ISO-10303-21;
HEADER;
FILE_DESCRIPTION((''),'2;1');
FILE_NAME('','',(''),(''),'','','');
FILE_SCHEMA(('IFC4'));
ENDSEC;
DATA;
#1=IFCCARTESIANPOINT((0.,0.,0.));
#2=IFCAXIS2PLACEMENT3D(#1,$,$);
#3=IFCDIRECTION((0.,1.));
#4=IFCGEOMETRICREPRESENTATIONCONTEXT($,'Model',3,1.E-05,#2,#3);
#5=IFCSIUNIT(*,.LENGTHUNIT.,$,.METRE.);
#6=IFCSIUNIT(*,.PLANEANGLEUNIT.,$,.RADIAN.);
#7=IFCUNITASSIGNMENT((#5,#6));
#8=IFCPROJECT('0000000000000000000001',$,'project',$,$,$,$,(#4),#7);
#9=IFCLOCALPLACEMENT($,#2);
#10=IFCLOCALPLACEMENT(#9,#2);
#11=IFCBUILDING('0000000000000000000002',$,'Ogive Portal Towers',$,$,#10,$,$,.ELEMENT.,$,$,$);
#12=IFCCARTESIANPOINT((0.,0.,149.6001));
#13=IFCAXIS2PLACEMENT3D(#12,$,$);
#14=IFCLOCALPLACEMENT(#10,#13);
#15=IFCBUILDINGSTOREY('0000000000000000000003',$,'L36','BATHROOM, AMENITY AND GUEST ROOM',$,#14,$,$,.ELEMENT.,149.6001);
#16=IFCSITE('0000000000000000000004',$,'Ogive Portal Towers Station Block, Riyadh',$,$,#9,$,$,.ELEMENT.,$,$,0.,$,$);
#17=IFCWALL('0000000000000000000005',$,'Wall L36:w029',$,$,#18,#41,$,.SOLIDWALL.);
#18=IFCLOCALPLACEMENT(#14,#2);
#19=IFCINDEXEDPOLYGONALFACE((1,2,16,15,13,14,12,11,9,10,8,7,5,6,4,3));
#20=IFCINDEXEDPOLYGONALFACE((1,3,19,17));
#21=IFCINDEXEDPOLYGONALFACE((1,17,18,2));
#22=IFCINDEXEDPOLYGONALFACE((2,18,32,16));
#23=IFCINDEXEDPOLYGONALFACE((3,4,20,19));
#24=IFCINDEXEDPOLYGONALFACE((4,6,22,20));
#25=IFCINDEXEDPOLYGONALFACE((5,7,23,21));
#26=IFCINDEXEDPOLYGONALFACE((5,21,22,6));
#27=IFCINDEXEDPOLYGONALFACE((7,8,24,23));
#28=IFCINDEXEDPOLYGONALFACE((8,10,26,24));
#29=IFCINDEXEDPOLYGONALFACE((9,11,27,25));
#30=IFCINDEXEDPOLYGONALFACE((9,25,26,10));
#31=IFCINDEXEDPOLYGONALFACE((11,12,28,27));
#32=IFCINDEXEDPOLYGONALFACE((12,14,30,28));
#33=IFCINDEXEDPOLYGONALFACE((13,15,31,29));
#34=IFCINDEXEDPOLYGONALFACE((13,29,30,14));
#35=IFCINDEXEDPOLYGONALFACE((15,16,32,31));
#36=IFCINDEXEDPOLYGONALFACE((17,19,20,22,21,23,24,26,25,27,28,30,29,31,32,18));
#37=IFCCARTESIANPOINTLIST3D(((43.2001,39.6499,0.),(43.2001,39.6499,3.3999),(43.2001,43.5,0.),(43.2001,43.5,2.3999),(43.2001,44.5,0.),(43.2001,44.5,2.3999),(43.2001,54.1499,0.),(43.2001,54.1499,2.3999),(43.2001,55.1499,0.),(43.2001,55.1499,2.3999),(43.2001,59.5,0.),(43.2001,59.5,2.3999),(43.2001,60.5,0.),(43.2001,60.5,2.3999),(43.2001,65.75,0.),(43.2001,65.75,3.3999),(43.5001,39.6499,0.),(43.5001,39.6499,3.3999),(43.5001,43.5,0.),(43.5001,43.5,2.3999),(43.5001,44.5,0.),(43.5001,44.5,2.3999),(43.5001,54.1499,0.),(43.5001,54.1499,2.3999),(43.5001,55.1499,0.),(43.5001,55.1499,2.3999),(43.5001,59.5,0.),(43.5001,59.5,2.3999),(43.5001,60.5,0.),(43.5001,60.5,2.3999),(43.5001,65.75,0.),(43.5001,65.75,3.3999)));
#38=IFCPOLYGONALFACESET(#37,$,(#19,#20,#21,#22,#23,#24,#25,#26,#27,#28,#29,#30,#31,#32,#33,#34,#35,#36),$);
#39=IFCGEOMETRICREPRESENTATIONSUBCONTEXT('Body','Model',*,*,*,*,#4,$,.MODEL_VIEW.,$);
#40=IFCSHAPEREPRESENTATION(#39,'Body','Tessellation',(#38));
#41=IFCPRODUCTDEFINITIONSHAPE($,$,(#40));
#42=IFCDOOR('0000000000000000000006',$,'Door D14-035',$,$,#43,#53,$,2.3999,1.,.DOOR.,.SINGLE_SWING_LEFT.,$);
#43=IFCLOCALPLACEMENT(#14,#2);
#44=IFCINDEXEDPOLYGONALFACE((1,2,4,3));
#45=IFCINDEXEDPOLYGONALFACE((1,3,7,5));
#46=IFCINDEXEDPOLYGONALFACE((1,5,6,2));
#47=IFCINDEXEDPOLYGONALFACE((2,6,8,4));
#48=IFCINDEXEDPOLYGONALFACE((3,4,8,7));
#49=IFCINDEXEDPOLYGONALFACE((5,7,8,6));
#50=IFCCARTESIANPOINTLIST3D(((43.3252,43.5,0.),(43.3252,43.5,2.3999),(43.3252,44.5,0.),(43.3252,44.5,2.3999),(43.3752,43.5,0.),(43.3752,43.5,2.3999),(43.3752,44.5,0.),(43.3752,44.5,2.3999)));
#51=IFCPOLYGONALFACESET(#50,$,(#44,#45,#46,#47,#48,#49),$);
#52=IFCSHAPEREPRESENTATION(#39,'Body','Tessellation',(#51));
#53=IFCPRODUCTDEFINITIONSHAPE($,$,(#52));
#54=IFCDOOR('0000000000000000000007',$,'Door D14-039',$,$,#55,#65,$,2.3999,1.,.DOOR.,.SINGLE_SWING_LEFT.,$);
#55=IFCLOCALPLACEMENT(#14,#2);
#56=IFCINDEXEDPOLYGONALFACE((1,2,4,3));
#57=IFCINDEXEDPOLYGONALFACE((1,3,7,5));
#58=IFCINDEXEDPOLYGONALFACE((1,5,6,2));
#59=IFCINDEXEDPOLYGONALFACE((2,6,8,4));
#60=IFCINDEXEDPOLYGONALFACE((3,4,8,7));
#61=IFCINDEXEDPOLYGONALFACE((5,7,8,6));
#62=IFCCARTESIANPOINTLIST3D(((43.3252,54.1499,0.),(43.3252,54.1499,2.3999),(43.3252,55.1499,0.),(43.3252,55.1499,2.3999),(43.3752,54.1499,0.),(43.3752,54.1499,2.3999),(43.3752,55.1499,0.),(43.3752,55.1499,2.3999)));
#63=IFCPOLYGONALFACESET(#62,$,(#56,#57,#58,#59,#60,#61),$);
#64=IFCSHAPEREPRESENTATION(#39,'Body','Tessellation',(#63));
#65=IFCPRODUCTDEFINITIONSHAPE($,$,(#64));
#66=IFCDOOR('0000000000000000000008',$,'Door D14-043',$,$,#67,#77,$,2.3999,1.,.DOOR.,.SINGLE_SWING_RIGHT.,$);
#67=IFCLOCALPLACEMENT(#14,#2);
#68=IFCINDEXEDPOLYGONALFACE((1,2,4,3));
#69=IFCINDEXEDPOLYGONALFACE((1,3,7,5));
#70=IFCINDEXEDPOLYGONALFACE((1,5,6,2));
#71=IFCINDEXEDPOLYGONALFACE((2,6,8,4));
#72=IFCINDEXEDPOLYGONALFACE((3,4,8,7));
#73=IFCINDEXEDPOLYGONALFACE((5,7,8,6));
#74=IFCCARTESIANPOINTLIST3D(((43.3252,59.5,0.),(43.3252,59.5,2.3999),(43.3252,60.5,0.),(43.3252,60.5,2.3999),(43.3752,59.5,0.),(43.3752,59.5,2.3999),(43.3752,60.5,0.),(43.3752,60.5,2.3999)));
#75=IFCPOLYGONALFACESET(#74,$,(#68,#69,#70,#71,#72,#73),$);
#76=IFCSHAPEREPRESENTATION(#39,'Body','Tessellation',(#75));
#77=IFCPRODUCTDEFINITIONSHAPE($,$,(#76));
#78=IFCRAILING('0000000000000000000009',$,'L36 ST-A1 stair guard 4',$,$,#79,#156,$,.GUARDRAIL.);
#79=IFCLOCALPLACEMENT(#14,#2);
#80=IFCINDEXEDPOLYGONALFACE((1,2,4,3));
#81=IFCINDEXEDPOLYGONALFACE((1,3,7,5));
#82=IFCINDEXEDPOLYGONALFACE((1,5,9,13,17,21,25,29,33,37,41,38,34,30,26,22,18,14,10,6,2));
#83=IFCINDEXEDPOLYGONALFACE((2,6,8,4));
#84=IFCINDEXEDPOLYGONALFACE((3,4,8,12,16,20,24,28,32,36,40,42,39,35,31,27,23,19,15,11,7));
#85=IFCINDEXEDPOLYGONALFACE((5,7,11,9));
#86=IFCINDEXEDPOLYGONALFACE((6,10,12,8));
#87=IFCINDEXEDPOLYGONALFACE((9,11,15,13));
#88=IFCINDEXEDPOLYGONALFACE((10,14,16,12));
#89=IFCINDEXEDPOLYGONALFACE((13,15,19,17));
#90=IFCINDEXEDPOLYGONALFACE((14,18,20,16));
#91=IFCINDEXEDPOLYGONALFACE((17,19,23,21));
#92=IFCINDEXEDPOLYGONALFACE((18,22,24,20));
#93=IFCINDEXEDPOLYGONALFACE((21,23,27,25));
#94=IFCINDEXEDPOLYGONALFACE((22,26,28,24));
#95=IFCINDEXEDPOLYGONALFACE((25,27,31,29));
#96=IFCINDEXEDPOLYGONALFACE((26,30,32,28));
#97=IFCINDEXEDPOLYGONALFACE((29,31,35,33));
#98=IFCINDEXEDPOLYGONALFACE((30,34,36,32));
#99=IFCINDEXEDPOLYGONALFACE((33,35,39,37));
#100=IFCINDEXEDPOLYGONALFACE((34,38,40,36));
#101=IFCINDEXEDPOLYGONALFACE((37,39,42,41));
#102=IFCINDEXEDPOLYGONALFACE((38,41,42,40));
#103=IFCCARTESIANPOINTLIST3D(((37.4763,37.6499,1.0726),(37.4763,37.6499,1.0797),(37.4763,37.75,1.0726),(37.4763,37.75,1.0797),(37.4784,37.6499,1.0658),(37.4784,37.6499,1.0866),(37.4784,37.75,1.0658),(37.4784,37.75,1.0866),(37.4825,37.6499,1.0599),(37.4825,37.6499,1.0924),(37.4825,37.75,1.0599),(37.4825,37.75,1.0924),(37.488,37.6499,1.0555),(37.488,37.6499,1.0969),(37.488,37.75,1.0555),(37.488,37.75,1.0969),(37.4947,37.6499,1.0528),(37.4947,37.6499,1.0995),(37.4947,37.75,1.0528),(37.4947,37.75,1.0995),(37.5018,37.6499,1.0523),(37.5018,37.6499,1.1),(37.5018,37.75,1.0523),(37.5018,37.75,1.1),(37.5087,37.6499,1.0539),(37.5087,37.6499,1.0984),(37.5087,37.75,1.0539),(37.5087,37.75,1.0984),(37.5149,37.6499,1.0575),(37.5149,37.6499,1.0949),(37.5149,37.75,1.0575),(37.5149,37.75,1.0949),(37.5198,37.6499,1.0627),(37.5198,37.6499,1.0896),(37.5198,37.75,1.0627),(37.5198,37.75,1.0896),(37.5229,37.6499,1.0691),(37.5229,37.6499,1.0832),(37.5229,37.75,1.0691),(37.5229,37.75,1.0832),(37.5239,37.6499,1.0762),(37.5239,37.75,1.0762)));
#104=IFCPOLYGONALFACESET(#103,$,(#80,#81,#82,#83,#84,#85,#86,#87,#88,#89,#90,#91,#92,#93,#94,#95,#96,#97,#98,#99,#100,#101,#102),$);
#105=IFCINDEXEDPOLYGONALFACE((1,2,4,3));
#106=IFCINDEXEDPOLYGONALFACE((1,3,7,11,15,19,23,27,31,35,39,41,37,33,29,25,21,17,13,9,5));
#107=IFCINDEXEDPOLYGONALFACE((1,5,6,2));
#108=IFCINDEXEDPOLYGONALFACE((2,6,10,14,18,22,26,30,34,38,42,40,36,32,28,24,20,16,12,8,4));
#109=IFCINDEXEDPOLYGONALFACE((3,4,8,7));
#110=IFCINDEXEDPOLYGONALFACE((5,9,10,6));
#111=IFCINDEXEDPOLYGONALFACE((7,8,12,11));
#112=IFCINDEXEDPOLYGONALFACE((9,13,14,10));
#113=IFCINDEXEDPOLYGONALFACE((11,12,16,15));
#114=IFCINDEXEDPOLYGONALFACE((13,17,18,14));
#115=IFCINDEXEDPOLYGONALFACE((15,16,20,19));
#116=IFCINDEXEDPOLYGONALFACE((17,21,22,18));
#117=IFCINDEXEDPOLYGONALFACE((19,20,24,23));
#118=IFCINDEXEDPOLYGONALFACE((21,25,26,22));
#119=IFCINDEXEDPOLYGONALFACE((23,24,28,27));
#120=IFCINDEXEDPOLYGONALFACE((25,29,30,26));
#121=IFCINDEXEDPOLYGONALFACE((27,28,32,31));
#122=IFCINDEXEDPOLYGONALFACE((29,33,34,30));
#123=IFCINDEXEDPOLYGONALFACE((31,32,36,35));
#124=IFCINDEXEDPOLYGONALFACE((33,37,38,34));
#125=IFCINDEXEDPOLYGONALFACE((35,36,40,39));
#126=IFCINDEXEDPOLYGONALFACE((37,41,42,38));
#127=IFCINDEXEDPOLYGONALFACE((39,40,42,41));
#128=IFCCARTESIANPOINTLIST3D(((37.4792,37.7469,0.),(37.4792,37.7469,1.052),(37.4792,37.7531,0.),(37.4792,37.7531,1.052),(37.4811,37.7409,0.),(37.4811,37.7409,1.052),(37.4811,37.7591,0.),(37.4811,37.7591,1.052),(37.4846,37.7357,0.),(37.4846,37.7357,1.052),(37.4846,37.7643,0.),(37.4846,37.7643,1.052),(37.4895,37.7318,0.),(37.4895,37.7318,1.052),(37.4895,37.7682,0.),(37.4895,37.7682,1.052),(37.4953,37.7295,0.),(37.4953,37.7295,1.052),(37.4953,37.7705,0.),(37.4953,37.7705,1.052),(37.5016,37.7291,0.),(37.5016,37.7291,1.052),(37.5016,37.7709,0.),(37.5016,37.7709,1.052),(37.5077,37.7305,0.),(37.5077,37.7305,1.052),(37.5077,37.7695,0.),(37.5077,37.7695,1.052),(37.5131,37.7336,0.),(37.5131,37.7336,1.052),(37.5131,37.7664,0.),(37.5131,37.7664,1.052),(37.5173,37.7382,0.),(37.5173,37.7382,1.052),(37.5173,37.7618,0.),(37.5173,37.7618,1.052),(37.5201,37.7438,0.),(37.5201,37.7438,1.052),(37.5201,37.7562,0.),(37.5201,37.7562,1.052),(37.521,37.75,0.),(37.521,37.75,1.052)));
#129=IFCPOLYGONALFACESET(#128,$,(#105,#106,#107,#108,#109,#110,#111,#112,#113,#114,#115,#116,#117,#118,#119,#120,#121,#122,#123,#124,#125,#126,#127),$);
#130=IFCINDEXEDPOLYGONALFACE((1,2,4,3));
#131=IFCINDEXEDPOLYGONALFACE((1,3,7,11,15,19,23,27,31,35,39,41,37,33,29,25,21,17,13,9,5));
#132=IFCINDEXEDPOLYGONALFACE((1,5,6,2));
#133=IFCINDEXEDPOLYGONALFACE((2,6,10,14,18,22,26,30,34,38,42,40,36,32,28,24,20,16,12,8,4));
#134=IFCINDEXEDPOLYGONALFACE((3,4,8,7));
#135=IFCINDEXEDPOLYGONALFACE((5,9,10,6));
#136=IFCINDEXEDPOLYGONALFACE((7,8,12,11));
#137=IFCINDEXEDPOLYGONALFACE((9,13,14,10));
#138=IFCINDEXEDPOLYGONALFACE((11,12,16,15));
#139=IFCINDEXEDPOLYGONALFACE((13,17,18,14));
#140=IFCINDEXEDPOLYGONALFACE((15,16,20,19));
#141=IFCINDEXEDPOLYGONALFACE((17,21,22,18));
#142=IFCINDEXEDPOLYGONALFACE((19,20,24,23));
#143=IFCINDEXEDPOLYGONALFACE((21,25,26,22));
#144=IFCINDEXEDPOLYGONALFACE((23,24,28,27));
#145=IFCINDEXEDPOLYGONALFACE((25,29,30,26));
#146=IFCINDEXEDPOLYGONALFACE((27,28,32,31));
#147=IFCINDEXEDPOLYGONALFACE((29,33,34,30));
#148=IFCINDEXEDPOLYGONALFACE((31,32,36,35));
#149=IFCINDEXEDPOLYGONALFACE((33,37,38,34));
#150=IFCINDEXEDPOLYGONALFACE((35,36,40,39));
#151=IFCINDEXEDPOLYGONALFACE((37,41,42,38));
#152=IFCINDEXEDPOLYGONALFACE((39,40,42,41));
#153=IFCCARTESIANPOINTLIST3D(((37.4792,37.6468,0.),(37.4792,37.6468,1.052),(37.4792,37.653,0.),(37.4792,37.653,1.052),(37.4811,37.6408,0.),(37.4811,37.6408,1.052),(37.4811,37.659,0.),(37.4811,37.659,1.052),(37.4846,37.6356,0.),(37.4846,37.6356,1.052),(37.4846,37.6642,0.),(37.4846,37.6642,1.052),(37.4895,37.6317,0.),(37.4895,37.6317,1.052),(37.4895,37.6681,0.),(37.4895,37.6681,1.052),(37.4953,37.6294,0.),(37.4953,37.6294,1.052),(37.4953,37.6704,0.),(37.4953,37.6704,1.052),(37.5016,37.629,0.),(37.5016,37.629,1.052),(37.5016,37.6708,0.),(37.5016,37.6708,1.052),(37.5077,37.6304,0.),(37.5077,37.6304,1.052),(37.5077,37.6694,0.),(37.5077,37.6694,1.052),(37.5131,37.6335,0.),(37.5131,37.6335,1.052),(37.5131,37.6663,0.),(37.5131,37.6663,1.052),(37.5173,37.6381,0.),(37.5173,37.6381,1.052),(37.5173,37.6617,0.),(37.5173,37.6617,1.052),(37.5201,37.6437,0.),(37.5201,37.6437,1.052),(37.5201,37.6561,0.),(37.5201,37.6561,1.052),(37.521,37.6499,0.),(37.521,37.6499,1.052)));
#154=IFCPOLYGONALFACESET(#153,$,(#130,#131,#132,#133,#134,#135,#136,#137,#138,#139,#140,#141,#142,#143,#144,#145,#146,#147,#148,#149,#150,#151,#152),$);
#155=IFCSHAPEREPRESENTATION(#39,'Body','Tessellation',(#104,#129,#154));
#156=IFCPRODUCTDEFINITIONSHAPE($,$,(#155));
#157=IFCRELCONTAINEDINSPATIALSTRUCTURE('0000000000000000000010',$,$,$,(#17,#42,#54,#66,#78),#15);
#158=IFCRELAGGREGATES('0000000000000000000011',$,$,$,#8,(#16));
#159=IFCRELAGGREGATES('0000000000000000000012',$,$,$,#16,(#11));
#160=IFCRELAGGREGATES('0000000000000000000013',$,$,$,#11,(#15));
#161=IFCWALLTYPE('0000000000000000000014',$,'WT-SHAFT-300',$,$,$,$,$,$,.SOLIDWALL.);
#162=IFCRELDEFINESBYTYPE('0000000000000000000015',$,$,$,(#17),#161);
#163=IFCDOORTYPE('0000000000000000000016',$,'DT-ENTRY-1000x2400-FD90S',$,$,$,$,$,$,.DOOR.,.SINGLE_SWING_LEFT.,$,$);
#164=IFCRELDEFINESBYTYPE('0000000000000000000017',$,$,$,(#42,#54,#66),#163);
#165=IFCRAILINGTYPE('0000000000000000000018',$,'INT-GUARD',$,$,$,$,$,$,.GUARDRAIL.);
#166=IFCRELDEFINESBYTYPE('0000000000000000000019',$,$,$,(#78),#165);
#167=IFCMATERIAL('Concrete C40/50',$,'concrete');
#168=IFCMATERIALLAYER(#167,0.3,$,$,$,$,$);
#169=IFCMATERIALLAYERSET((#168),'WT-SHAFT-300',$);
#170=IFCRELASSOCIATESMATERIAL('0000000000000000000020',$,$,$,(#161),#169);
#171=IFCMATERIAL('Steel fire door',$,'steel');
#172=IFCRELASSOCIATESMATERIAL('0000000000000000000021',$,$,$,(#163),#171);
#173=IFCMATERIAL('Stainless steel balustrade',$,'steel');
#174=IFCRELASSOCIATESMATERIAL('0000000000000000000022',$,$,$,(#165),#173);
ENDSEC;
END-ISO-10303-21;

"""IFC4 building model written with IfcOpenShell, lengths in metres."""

from ifc_helpers import new_model, si_unit, direction, frame, frame_2d, origin, origin_2d, place, context, subcontext, project, spatial, rectangle, circle, extrude, material, layer, layer_set, type_object, element, fill, save


model = new_model("IFC4")

# Units and contexts
model_context = context("Model", 3, precision=1e-05, world=origin(), true_north=direction((0.0, 1.0)))
body_context = subcontext(model_context, "Body", "Model", "MODEL_VIEW")
ifc_project = project(units=[si_unit("LENGTHUNIT", "METRE"), si_unit("PLANEANGLEUNIT", "RADIAN")], contexts=[model_context])

# Site, building, storey
site_placement = place(None, origin())
site = spatial("IfcSite", under=ifc_project, at=site_placement, Name="Ogive Portal Towers Station Block, Riyadh", CompositionType="ELEMENT", RefElevation=0.0)
building_placement = place(site_placement, origin())
building = spatial("IfcBuilding", under=site, at=building_placement, Name="Ogive Portal Towers", CompositionType="ELEMENT")
storey_placement = place(building_placement, frame((0.0, 0.0, 149.6001)))
storey = spatial("IfcBuildingStorey", under=building, at=storey_placement, Name="L36", Description="BATHROOM, AMENITY AND GUEST ROOM", CompositionType="ELEMENT", Elevation=149.6001)

# Shared definitions
ifc_material_1 = material(Name="Concrete C40/50", Category="concrete")

# Shared definitions
ifc_material_2 = material(Name="Steel fire door", Category="steel")

# Shared definitions
ifc_layer_1 = layer(ifc_material_1, 0.3)
ifc_layer_set_1 = layer_set([ifc_layer_1], Name="WT-SHAFT-300")
wall_type_1 = type_object("IfcWallType", Name="WT-SHAFT-300", PredefinedType="SOLIDWALL", material=ifc_layer_set_1)

# Wall, openings, doors
wall_1_placement = place(storey_placement, frame((43.3501, 39.6499, 0.0), z_axis=(0.0, 0.0, 1.0), x_axis=(0.0, 1.0, 0.0)))
wall_1 = element("IfcWall", 1, at=wall_1_placement, inside=storey, type_object=wall_type_1, Name="Wall L36:w029", PredefinedType="SOLIDWALL", context=body_context, shape_type="SweptSolid", body=[
    extrude(rectangle(XDim=26.1001, YDim=0.3, at=frame_2d((13.05, 0.0))), origin(), (0.0, 0.0, 1.0), 3.3999),
])
opening_1_placement = place(wall_1_placement, frame((3.8501, 0.0, 0.0)))
opening_1 = element("IfcOpeningElement", 2, at=opening_1_placement, cuts=wall_1, PredefinedType="OPENING", context=body_context, shape_type="SweptSolid", body=[
    extrude(rectangle(XDim=1.0, YDim=2.3999, at=frame_2d((0.5, 1.2))), frame((0.0, 0.1602, 0.0), z_axis=(0.0, -1.0, 0.0), x_axis=(1.0, 0.0, 0.0)), (0.0, 0.0, 1.0), 0.3201),
])
opening_2_placement = place(wall_1_placement, frame((14.5, 0.0, 0.0)))
opening_2 = element("IfcOpeningElement", 3, at=opening_2_placement, cuts=wall_1, PredefinedType="OPENING", context=body_context, shape_type="SweptSolid", body=[
    extrude(rectangle(XDim=1.0, YDim=2.3999, at=frame_2d((0.5, 1.2))), frame((0.0, 0.1602, 0.0), z_axis=(0.0, -1.0, 0.0), x_axis=(1.0, 0.0, 0.0)), (0.0, 0.0, 1.0), 0.3201),
])
opening_3_placement = place(wall_1_placement, frame((19.8501, 0.0, 0.0)))
opening_3 = element("IfcOpeningElement", 4, at=opening_3_placement, cuts=wall_1, PredefinedType="OPENING", context=body_context, shape_type="SweptSolid", body=[
    extrude(rectangle(XDim=1.0, YDim=2.3999, at=frame_2d((0.5, 1.2))), frame((0.0, 0.1602, 0.0), z_axis=(0.0, -1.0, 0.0), x_axis=(1.0, 0.0, 0.0)), (0.0, 0.0, 1.0), 0.3201),
])
door_type_1 = type_object("IfcDoorType", Name="DT-ENTRY-1000x2400-FD90S", OperationType="SINGLE_SWING_LEFT", PredefinedType="DOOR", material=ifc_material_2)
door_1_placement = place(opening_1_placement, origin())
door_1 = element("IfcDoor", 5, at=door_1_placement, inside=storey, type_object=door_type_1, Name="Door D14-035", OperationType="SINGLE_SWING_LEFT", OverallHeight=2.3999, OverallWidth=1.0, PredefinedType="DOOR", context=body_context, shape_type="SweptSolid", body=[
    extrude(rectangle(XDim=1.0, YDim=2.3999, at=frame_2d((0.5, 1.2))), frame((0.0, 0.0249, 0.0), z_axis=(0.0, -1.0, 0.0), x_axis=(1.0, 0.0, 0.0)), (0.0, 0.0, 1.0), 0.05),
])
fill(opening_1, door_1)
door_2_placement = place(opening_2_placement, origin())
door_2 = element("IfcDoor", 6, at=door_2_placement, inside=storey, type_object=door_type_1, Name="Door D14-039", OperationType="SINGLE_SWING_LEFT", OverallHeight=2.3999, OverallWidth=1.0, PredefinedType="DOOR", context=body_context, shape_type="SweptSolid", body=[
    extrude(rectangle(XDim=1.0, YDim=2.3999, at=frame_2d((0.5, 1.2))), frame((0.0, 0.0249, 0.0), z_axis=(0.0, -1.0, 0.0), x_axis=(1.0, 0.0, 0.0)), (0.0, 0.0, 1.0), 0.05),
])
fill(opening_2, door_2)
door_3_placement = place(opening_3_placement, origin())
door_3 = element("IfcDoor", 7, at=door_3_placement, inside=storey, type_object=door_type_1, Name="Door D14-043", OperationType="SINGLE_SWING_RIGHT", OverallHeight=2.3999, OverallWidth=1.0, PredefinedType="DOOR", context=body_context, shape_type="SweptSolid", body=[
    extrude(rectangle(XDim=1.0, YDim=2.3999, at=frame_2d((0.5, 1.2))), frame((0.0, 0.0249, 0.0), z_axis=(0.0, -1.0, 0.0), x_axis=(1.0, 0.0, 0.0)), (0.0, 0.0, 1.0), 0.05),
])
fill(opening_3, door_3)

# Railing
ifc_material_3 = material(Name="Stainless steel balustrade", Category="steel")
railing_type = type_object("IfcRailingType", Name="INT-GUARD", PredefinedType="GUARDRAIL", material=ifc_material_3)
railing_placement = place(storey_placement, frame((37.5, 37.75, 0.0)))
element("IfcRailing", 8, at=railing_placement, inside=storey, type_object=railing_type, Name="L36 ST-A1 stair guard 4", PredefinedType="GUARDRAIL", context=body_context, shape_type="SweptSolid", body=[
    extrude(circle(Radius=0.0239, at=origin_2d()), frame((0.0, 0.0, 1.0762), z_axis=(0.0, -1.0, 0.0), x_axis=(1.0, 0.0, 0.0)), (0.0, 0.0, 1.0), 0.1001),
    extrude(circle(Radius=0.021, at=origin_2d()), origin(), (0.0, 0.0, 1.0), 1.052),
    extrude(circle(Radius=0.021, at=origin_2d()), frame((0.0, -0.1001, 0.0)), (0.0, 0.0, 1.0), 1.052),
])

save(model, "model.ifc")
